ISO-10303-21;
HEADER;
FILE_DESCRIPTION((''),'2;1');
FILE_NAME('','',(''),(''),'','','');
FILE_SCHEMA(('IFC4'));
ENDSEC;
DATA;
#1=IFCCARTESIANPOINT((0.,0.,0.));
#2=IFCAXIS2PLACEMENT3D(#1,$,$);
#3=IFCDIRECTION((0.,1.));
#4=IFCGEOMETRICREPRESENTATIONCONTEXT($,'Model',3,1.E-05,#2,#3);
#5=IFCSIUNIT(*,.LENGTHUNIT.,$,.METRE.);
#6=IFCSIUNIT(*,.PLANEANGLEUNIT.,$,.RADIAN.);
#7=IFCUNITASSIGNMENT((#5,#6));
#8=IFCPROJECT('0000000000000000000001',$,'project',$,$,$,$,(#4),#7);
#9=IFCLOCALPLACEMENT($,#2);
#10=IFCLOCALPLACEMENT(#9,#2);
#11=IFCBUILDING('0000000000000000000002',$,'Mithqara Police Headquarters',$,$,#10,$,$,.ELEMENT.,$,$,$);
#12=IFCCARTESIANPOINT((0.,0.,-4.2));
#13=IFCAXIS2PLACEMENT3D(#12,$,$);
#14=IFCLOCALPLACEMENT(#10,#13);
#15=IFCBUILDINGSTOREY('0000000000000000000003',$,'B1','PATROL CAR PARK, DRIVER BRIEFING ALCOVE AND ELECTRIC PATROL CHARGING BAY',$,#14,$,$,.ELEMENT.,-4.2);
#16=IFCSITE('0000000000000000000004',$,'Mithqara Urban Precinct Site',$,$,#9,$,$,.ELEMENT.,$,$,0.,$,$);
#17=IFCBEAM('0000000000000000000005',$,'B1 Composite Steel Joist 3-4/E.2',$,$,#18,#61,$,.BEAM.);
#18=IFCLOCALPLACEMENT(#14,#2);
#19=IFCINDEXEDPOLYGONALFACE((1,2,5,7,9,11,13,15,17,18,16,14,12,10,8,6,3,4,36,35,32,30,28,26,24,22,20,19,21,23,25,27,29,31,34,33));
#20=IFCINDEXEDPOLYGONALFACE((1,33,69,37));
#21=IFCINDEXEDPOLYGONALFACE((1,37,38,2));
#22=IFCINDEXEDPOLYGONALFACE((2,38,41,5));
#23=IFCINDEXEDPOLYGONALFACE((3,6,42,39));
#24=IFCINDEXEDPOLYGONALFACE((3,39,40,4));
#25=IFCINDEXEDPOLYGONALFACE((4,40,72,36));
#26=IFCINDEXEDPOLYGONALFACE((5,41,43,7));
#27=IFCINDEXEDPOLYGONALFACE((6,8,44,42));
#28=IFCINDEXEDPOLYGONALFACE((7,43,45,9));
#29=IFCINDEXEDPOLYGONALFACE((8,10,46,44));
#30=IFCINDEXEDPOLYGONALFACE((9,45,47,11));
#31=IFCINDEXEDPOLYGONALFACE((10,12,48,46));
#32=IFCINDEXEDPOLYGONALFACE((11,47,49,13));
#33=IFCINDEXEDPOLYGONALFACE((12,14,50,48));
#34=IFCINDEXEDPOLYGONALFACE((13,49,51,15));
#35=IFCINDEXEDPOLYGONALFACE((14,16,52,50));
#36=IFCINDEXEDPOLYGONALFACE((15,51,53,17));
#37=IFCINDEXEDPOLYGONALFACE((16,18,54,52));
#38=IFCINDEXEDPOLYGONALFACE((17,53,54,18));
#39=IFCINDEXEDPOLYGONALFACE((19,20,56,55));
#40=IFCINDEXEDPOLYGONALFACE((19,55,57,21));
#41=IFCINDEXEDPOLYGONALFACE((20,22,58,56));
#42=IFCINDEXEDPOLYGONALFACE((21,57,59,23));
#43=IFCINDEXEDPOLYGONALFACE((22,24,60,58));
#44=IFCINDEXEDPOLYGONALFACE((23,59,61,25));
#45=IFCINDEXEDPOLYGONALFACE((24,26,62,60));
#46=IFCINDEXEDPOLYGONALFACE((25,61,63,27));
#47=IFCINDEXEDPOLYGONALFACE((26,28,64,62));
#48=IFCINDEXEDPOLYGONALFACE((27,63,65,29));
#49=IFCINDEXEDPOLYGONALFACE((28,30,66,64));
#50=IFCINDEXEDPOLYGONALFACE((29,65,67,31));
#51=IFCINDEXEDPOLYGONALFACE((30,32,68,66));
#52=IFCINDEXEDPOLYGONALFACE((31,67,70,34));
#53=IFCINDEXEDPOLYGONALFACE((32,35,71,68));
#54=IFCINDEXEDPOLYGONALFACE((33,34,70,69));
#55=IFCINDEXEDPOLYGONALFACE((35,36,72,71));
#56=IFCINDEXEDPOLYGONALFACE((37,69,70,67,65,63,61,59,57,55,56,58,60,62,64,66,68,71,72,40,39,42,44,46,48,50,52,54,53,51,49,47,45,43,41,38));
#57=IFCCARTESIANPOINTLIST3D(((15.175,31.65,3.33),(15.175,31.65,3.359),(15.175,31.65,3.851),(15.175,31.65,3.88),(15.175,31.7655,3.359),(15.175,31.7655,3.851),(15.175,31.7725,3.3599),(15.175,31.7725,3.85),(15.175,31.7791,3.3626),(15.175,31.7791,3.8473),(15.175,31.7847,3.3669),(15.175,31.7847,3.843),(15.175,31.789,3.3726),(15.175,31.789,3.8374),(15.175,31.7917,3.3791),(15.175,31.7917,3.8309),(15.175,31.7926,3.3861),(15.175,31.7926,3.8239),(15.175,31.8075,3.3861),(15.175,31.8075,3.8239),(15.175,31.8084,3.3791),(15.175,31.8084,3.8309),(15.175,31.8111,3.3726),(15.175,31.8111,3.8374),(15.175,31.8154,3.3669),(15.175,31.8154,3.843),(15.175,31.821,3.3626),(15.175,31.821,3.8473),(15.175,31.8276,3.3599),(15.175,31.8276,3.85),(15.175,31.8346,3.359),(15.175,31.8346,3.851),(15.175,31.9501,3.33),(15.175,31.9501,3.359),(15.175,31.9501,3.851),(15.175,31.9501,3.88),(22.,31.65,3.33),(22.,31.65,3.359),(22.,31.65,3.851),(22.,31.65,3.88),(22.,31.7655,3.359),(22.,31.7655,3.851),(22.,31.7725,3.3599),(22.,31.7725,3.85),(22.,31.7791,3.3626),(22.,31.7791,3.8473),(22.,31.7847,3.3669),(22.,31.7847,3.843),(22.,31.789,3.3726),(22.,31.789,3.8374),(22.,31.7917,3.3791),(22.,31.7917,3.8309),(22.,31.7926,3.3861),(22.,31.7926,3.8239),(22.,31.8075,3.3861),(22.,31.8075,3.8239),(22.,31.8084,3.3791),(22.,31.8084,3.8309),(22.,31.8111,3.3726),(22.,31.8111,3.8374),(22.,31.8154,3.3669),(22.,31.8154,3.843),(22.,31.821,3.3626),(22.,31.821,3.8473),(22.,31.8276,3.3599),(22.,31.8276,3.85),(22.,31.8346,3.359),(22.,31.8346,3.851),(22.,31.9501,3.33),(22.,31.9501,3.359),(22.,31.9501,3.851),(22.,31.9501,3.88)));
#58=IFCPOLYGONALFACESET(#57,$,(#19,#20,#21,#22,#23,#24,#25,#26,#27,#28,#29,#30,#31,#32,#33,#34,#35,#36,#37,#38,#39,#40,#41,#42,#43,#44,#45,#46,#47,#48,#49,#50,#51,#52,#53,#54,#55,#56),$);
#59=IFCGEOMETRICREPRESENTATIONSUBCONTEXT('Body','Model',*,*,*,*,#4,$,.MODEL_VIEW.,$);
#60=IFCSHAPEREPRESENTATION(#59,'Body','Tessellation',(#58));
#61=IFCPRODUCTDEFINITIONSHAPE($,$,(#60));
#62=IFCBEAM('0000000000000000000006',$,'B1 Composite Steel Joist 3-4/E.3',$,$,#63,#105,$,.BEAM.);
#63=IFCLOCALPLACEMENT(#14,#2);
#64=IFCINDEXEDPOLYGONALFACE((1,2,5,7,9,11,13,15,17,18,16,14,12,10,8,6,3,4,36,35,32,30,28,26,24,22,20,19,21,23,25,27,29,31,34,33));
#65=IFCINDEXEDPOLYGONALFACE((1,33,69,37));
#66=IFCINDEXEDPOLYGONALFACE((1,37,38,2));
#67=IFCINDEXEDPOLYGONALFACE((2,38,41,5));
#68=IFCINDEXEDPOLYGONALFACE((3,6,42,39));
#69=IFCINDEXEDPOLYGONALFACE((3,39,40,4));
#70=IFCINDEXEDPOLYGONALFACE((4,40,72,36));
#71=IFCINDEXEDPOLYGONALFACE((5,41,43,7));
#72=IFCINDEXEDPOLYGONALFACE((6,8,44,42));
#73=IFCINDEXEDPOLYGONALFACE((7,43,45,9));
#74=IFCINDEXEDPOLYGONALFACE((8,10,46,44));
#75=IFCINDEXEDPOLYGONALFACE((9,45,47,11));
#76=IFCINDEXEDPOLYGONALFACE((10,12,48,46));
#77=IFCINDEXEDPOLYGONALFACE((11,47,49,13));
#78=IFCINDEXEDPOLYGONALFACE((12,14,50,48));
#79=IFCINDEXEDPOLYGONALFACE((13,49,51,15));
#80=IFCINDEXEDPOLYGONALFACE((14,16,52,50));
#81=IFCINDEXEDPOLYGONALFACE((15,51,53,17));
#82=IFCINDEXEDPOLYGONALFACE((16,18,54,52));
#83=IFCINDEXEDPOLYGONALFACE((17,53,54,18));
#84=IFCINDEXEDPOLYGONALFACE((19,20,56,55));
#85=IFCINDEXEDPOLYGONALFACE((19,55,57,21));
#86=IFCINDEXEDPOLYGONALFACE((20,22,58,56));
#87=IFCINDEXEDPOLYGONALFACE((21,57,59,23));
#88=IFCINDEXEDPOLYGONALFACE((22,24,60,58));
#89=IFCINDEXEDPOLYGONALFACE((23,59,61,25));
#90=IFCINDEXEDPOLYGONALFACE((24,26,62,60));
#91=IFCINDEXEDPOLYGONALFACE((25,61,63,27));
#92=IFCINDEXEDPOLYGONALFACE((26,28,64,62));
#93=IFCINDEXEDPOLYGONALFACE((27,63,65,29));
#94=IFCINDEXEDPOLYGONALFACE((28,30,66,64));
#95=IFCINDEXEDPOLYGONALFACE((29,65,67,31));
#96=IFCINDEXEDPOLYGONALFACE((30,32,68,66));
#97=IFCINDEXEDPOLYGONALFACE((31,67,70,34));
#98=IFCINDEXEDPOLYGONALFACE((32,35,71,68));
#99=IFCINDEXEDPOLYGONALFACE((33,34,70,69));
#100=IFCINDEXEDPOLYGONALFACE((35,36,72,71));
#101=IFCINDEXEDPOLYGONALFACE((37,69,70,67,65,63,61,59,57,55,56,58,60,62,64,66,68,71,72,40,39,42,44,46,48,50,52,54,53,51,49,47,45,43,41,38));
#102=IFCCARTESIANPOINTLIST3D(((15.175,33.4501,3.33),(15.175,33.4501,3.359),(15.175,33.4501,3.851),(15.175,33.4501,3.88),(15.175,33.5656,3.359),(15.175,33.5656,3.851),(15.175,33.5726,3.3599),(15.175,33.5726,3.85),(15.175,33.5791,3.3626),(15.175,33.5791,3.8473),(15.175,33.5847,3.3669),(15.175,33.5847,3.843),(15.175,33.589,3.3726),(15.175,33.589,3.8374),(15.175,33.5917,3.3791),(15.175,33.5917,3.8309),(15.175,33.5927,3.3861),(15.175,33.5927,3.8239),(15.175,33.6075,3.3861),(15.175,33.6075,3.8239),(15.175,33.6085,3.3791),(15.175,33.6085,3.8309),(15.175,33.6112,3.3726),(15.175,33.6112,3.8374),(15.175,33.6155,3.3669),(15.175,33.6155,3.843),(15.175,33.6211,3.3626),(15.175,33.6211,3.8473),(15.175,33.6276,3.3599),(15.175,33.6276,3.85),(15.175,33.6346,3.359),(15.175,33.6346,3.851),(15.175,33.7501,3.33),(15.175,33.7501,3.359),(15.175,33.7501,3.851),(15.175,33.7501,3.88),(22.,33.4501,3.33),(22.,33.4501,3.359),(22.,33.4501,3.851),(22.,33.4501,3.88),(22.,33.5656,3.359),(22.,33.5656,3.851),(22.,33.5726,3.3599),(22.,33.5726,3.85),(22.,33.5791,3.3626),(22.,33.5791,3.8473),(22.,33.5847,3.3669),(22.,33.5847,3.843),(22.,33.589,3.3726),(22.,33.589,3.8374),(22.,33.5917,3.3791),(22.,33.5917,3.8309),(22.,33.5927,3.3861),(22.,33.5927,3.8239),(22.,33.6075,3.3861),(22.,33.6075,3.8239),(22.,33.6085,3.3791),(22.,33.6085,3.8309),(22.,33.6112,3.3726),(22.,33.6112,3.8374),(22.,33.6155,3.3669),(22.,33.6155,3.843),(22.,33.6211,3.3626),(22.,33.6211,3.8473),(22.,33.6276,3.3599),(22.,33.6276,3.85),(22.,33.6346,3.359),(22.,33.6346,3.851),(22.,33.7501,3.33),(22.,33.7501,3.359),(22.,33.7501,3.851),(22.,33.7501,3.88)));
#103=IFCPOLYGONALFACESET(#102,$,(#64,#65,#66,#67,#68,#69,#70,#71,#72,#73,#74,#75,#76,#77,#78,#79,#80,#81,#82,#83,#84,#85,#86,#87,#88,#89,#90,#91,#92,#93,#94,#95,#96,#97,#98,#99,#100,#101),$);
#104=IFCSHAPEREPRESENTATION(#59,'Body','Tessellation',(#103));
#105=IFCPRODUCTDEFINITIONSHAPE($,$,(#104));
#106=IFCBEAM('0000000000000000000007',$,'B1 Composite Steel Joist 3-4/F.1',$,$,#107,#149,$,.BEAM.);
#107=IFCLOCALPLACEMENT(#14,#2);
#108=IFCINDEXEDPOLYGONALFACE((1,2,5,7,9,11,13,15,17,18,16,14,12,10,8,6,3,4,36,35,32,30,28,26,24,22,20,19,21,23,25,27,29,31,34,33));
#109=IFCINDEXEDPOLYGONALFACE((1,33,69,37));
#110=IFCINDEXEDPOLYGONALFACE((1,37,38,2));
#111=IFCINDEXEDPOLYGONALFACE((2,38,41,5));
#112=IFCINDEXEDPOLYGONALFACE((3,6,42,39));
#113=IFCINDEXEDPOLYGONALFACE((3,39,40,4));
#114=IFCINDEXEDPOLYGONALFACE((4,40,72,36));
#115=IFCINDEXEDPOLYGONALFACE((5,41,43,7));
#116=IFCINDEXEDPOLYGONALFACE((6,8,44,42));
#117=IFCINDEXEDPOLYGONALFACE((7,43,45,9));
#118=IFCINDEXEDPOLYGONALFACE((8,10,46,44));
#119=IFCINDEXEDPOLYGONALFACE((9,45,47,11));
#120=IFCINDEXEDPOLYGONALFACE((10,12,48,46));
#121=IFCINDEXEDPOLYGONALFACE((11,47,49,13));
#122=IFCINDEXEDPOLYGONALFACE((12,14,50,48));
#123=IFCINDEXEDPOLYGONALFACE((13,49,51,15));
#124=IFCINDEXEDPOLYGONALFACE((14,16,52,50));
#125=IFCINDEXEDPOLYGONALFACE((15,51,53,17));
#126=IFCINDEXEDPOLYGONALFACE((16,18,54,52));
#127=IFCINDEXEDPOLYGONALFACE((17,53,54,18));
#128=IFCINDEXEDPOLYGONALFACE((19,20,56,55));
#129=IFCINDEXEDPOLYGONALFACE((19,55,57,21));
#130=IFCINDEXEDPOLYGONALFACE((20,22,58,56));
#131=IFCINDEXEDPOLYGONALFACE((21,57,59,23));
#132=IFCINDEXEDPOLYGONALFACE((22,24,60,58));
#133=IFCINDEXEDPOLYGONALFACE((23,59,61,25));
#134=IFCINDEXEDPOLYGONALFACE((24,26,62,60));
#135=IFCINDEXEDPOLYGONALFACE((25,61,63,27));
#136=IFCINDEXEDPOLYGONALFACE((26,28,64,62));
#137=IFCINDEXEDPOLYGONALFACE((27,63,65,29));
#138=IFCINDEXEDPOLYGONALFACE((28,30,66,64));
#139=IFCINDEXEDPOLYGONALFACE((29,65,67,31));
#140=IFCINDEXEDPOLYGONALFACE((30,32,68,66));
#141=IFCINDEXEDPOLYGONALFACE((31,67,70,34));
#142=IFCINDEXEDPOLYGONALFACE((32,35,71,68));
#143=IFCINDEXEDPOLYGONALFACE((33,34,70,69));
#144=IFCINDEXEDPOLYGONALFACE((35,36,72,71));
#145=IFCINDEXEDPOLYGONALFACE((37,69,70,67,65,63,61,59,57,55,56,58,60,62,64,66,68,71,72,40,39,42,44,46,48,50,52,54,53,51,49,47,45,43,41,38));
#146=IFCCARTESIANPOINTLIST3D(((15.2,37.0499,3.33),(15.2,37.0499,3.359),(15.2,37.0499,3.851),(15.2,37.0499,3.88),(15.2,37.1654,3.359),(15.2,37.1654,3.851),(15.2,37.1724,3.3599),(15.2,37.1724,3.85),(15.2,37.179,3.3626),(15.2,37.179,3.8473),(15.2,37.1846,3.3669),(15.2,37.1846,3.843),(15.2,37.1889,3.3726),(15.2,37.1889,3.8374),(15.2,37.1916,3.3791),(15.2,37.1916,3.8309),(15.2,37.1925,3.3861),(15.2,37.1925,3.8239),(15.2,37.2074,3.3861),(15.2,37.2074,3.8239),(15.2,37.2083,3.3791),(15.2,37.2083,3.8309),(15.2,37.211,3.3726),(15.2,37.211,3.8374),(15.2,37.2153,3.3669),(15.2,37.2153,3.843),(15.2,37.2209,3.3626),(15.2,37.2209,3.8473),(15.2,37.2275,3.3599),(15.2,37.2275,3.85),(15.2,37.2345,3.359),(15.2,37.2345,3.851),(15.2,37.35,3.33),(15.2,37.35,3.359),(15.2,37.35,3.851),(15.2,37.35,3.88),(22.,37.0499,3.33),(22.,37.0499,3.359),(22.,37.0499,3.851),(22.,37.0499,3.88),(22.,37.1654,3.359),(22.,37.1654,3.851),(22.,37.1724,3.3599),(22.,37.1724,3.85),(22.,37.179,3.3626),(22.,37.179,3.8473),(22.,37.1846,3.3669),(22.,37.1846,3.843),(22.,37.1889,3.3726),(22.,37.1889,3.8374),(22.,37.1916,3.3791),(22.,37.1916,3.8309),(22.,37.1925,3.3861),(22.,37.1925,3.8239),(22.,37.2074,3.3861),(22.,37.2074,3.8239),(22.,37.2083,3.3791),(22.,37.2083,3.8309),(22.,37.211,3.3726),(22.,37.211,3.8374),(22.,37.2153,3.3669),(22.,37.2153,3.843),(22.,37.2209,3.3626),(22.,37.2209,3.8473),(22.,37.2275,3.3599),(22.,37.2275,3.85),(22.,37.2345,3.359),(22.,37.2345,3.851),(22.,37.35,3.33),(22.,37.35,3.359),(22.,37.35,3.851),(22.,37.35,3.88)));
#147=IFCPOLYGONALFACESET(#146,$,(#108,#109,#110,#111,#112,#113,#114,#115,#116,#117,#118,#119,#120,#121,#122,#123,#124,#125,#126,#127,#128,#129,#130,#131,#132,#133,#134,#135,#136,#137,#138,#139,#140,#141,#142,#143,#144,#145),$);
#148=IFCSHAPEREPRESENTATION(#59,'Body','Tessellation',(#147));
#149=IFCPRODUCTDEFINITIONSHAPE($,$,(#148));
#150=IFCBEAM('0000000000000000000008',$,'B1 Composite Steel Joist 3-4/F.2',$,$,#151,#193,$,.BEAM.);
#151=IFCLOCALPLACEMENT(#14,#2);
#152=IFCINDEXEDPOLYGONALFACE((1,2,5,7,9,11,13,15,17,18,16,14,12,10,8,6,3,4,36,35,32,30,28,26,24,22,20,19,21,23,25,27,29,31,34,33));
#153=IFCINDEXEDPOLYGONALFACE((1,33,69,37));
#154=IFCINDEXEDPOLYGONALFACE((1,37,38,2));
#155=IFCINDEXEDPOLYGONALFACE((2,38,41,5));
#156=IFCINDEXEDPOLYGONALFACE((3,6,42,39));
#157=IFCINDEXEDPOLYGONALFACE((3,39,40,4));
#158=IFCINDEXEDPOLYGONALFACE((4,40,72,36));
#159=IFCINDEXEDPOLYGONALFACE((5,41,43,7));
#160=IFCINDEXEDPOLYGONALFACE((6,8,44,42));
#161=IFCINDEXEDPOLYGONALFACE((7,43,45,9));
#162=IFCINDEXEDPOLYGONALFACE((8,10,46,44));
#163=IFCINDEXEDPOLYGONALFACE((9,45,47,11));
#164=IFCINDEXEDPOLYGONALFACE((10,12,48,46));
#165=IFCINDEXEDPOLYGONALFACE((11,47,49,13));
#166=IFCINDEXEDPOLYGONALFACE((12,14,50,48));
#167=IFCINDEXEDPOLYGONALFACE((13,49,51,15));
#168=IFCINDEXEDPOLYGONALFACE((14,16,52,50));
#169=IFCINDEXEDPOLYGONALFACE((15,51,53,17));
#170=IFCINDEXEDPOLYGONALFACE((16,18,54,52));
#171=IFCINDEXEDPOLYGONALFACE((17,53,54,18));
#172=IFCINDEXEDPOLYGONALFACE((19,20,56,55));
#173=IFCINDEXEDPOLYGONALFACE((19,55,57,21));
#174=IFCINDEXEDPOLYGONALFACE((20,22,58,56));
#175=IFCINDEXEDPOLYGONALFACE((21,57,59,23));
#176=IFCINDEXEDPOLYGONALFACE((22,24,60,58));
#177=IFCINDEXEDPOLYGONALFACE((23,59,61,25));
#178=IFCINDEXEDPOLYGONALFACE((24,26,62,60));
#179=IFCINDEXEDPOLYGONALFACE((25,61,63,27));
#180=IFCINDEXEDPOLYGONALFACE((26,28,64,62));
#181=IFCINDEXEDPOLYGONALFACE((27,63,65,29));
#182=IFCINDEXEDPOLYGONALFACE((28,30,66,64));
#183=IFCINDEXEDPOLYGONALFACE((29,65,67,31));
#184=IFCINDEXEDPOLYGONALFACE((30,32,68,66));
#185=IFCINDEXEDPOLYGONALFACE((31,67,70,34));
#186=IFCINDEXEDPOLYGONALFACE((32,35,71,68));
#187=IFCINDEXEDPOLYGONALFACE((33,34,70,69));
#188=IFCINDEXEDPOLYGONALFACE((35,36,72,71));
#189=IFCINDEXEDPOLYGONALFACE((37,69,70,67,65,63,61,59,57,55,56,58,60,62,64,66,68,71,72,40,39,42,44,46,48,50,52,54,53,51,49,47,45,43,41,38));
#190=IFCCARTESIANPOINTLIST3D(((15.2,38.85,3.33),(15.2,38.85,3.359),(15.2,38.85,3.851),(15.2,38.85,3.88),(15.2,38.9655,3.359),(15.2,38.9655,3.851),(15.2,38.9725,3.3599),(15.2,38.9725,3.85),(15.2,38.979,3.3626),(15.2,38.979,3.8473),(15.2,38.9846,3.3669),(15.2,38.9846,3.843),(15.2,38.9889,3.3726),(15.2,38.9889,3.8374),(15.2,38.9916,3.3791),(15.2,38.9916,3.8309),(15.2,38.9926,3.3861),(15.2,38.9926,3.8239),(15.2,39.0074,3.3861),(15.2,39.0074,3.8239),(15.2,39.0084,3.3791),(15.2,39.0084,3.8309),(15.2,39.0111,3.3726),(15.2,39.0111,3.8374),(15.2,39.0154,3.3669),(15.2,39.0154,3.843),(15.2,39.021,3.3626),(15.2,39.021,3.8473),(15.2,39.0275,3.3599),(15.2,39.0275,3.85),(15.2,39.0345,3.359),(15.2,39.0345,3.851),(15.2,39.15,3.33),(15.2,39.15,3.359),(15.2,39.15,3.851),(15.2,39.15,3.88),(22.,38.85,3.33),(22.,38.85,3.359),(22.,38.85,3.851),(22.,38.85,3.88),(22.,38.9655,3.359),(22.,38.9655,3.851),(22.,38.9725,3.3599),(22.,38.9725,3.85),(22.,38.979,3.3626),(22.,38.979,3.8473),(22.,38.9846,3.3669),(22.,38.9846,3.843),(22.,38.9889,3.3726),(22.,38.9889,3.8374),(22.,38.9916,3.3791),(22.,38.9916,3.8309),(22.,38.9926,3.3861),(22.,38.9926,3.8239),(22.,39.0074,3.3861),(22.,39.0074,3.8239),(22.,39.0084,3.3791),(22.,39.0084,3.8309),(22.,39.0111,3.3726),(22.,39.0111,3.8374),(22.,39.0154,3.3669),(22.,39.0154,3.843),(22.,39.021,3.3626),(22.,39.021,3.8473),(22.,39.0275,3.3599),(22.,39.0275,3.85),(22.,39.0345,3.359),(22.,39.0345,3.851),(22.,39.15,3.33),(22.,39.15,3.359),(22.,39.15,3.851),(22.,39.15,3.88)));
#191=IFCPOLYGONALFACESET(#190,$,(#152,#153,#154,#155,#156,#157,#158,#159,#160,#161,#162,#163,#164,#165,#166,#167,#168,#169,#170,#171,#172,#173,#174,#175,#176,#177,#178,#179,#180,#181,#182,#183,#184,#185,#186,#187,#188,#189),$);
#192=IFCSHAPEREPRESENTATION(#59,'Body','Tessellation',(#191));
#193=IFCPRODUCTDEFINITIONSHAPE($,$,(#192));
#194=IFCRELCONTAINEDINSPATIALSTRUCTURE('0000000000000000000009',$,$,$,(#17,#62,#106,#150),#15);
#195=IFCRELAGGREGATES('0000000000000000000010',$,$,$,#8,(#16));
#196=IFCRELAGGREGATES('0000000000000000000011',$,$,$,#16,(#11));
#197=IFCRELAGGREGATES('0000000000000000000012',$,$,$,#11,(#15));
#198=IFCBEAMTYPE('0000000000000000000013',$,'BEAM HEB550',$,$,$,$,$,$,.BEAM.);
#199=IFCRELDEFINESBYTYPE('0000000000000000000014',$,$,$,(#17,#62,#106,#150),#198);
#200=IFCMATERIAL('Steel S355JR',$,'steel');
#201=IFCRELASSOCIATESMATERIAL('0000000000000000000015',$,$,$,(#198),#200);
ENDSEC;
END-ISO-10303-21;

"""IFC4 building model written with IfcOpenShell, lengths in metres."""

from ifc_helpers import new_model, si_unit, direction, frame, origin, origin_2d, place, context, subcontext, project, spatial, i_section, extrude, material, material_profile, profile_set, type_object, element, save


model = new_model("IFC4")

# Units and contexts
model_context = context("Model", 3, precision=1e-05, world=origin(), true_north=direction((0.0, 1.0)))
body_context = subcontext(model_context, "Body", "Model", "MODEL_VIEW")
ifc_project = project(units=[si_unit("LENGTHUNIT", "METRE"), si_unit("PLANEANGLEUNIT", "RADIAN")], contexts=[model_context])

# Site, building, storey
site_placement = place(None, origin())
site = spatial("IfcSite", under=ifc_project, at=site_placement, Name="Mithqara Urban Precinct Site", CompositionType="ELEMENT", RefElevation=0.0)
building_placement = place(site_placement, origin())
building = spatial("IfcBuilding", under=site, at=building_placement, Name="Mithqara Police Headquarters", CompositionType="ELEMENT")
storey_placement = place(building_placement, frame((0.0, 0.0, -4.2)))
storey = spatial("IfcBuildingStorey", under=building, at=storey_placement, Name="B1", Description="PATROL CAR PARK, DRIVER BRIEFING ALCOVE AND ELECTRIC PATROL CHARGING BAY", CompositionType="ELEMENT", Elevation=-4.2)

# Beams
ifc_material_1 = material(Name="Steel S355JR", Category="steel")
ifc_material_profile_1 = material_profile(ifc_material_1, i_section(OverallWidth=0.3, OverallDepth=0.55, WebThickness=0.0149, FlangeThickness=0.0291, FilletRadius=0.0271, at=origin_2d()), Name="HEB 550")
ifc_profile_set_1 = profile_set([ifc_material_profile_1], Name="Steel S355JR")
beam_type_1 = type_object("IfcBeamType", Name="BEAM HEB550", PredefinedType="BEAM", material=ifc_profile_set_1)
for number, where, z_axis, x_axis, name in (
    (1, (15.175, 31.8, 3.605), (1.0, 0.0, 0.0), (0.0, 1.0, 0.0), "B1 Composite Steel Joist 3-4/E.2"),
    (2, (15.175, 33.6001, 3.605), (1.0, 0.0, 0.0), (0.0, 1.0, 0.0), "B1 Composite Steel Joist 3-4/E.3"),
):
    element("IfcBeam", number, at=place(storey_placement, frame(where, z_axis=z_axis, x_axis=x_axis)), inside=storey, type_object=beam_type_1, Name=name, PredefinedType="BEAM", context=body_context, shape_type="SweptSolid", body=[
        extrude(i_section(OverallWidth=0.3, OverallDepth=0.55, WebThickness=0.0149, FlangeThickness=0.0291, FilletRadius=0.0271, at=origin_2d()), origin(), (0.0, 0.0, 1.0), 6.825),
    ])
for number, where, z_axis, x_axis, name in (
    (3, (15.2, 37.2, 3.605), (1.0, 0.0, 0.0), (0.0, 1.0, 0.0), "B1 Composite Steel Joist 3-4/F.1"),
    (4, (15.2, 39.0, 3.605), (1.0, 0.0, 0.0), (0.0, 1.0, 0.0), "B1 Composite Steel Joist 3-4/F.2"),
):
    element("IfcBeam", number, at=place(storey_placement, frame(where, z_axis=z_axis, x_axis=x_axis)), inside=storey, type_object=beam_type_1, Name=name, PredefinedType="BEAM", context=body_context, shape_type="SweptSolid", body=[
        extrude(i_section(OverallWidth=0.3, OverallDepth=0.55, WebThickness=0.0149, FlangeThickness=0.0291, FilletRadius=0.0271, at=origin_2d()), origin(), (0.0, 0.0, 1.0), 6.8),
    ])

save(model, "model.ifc")
